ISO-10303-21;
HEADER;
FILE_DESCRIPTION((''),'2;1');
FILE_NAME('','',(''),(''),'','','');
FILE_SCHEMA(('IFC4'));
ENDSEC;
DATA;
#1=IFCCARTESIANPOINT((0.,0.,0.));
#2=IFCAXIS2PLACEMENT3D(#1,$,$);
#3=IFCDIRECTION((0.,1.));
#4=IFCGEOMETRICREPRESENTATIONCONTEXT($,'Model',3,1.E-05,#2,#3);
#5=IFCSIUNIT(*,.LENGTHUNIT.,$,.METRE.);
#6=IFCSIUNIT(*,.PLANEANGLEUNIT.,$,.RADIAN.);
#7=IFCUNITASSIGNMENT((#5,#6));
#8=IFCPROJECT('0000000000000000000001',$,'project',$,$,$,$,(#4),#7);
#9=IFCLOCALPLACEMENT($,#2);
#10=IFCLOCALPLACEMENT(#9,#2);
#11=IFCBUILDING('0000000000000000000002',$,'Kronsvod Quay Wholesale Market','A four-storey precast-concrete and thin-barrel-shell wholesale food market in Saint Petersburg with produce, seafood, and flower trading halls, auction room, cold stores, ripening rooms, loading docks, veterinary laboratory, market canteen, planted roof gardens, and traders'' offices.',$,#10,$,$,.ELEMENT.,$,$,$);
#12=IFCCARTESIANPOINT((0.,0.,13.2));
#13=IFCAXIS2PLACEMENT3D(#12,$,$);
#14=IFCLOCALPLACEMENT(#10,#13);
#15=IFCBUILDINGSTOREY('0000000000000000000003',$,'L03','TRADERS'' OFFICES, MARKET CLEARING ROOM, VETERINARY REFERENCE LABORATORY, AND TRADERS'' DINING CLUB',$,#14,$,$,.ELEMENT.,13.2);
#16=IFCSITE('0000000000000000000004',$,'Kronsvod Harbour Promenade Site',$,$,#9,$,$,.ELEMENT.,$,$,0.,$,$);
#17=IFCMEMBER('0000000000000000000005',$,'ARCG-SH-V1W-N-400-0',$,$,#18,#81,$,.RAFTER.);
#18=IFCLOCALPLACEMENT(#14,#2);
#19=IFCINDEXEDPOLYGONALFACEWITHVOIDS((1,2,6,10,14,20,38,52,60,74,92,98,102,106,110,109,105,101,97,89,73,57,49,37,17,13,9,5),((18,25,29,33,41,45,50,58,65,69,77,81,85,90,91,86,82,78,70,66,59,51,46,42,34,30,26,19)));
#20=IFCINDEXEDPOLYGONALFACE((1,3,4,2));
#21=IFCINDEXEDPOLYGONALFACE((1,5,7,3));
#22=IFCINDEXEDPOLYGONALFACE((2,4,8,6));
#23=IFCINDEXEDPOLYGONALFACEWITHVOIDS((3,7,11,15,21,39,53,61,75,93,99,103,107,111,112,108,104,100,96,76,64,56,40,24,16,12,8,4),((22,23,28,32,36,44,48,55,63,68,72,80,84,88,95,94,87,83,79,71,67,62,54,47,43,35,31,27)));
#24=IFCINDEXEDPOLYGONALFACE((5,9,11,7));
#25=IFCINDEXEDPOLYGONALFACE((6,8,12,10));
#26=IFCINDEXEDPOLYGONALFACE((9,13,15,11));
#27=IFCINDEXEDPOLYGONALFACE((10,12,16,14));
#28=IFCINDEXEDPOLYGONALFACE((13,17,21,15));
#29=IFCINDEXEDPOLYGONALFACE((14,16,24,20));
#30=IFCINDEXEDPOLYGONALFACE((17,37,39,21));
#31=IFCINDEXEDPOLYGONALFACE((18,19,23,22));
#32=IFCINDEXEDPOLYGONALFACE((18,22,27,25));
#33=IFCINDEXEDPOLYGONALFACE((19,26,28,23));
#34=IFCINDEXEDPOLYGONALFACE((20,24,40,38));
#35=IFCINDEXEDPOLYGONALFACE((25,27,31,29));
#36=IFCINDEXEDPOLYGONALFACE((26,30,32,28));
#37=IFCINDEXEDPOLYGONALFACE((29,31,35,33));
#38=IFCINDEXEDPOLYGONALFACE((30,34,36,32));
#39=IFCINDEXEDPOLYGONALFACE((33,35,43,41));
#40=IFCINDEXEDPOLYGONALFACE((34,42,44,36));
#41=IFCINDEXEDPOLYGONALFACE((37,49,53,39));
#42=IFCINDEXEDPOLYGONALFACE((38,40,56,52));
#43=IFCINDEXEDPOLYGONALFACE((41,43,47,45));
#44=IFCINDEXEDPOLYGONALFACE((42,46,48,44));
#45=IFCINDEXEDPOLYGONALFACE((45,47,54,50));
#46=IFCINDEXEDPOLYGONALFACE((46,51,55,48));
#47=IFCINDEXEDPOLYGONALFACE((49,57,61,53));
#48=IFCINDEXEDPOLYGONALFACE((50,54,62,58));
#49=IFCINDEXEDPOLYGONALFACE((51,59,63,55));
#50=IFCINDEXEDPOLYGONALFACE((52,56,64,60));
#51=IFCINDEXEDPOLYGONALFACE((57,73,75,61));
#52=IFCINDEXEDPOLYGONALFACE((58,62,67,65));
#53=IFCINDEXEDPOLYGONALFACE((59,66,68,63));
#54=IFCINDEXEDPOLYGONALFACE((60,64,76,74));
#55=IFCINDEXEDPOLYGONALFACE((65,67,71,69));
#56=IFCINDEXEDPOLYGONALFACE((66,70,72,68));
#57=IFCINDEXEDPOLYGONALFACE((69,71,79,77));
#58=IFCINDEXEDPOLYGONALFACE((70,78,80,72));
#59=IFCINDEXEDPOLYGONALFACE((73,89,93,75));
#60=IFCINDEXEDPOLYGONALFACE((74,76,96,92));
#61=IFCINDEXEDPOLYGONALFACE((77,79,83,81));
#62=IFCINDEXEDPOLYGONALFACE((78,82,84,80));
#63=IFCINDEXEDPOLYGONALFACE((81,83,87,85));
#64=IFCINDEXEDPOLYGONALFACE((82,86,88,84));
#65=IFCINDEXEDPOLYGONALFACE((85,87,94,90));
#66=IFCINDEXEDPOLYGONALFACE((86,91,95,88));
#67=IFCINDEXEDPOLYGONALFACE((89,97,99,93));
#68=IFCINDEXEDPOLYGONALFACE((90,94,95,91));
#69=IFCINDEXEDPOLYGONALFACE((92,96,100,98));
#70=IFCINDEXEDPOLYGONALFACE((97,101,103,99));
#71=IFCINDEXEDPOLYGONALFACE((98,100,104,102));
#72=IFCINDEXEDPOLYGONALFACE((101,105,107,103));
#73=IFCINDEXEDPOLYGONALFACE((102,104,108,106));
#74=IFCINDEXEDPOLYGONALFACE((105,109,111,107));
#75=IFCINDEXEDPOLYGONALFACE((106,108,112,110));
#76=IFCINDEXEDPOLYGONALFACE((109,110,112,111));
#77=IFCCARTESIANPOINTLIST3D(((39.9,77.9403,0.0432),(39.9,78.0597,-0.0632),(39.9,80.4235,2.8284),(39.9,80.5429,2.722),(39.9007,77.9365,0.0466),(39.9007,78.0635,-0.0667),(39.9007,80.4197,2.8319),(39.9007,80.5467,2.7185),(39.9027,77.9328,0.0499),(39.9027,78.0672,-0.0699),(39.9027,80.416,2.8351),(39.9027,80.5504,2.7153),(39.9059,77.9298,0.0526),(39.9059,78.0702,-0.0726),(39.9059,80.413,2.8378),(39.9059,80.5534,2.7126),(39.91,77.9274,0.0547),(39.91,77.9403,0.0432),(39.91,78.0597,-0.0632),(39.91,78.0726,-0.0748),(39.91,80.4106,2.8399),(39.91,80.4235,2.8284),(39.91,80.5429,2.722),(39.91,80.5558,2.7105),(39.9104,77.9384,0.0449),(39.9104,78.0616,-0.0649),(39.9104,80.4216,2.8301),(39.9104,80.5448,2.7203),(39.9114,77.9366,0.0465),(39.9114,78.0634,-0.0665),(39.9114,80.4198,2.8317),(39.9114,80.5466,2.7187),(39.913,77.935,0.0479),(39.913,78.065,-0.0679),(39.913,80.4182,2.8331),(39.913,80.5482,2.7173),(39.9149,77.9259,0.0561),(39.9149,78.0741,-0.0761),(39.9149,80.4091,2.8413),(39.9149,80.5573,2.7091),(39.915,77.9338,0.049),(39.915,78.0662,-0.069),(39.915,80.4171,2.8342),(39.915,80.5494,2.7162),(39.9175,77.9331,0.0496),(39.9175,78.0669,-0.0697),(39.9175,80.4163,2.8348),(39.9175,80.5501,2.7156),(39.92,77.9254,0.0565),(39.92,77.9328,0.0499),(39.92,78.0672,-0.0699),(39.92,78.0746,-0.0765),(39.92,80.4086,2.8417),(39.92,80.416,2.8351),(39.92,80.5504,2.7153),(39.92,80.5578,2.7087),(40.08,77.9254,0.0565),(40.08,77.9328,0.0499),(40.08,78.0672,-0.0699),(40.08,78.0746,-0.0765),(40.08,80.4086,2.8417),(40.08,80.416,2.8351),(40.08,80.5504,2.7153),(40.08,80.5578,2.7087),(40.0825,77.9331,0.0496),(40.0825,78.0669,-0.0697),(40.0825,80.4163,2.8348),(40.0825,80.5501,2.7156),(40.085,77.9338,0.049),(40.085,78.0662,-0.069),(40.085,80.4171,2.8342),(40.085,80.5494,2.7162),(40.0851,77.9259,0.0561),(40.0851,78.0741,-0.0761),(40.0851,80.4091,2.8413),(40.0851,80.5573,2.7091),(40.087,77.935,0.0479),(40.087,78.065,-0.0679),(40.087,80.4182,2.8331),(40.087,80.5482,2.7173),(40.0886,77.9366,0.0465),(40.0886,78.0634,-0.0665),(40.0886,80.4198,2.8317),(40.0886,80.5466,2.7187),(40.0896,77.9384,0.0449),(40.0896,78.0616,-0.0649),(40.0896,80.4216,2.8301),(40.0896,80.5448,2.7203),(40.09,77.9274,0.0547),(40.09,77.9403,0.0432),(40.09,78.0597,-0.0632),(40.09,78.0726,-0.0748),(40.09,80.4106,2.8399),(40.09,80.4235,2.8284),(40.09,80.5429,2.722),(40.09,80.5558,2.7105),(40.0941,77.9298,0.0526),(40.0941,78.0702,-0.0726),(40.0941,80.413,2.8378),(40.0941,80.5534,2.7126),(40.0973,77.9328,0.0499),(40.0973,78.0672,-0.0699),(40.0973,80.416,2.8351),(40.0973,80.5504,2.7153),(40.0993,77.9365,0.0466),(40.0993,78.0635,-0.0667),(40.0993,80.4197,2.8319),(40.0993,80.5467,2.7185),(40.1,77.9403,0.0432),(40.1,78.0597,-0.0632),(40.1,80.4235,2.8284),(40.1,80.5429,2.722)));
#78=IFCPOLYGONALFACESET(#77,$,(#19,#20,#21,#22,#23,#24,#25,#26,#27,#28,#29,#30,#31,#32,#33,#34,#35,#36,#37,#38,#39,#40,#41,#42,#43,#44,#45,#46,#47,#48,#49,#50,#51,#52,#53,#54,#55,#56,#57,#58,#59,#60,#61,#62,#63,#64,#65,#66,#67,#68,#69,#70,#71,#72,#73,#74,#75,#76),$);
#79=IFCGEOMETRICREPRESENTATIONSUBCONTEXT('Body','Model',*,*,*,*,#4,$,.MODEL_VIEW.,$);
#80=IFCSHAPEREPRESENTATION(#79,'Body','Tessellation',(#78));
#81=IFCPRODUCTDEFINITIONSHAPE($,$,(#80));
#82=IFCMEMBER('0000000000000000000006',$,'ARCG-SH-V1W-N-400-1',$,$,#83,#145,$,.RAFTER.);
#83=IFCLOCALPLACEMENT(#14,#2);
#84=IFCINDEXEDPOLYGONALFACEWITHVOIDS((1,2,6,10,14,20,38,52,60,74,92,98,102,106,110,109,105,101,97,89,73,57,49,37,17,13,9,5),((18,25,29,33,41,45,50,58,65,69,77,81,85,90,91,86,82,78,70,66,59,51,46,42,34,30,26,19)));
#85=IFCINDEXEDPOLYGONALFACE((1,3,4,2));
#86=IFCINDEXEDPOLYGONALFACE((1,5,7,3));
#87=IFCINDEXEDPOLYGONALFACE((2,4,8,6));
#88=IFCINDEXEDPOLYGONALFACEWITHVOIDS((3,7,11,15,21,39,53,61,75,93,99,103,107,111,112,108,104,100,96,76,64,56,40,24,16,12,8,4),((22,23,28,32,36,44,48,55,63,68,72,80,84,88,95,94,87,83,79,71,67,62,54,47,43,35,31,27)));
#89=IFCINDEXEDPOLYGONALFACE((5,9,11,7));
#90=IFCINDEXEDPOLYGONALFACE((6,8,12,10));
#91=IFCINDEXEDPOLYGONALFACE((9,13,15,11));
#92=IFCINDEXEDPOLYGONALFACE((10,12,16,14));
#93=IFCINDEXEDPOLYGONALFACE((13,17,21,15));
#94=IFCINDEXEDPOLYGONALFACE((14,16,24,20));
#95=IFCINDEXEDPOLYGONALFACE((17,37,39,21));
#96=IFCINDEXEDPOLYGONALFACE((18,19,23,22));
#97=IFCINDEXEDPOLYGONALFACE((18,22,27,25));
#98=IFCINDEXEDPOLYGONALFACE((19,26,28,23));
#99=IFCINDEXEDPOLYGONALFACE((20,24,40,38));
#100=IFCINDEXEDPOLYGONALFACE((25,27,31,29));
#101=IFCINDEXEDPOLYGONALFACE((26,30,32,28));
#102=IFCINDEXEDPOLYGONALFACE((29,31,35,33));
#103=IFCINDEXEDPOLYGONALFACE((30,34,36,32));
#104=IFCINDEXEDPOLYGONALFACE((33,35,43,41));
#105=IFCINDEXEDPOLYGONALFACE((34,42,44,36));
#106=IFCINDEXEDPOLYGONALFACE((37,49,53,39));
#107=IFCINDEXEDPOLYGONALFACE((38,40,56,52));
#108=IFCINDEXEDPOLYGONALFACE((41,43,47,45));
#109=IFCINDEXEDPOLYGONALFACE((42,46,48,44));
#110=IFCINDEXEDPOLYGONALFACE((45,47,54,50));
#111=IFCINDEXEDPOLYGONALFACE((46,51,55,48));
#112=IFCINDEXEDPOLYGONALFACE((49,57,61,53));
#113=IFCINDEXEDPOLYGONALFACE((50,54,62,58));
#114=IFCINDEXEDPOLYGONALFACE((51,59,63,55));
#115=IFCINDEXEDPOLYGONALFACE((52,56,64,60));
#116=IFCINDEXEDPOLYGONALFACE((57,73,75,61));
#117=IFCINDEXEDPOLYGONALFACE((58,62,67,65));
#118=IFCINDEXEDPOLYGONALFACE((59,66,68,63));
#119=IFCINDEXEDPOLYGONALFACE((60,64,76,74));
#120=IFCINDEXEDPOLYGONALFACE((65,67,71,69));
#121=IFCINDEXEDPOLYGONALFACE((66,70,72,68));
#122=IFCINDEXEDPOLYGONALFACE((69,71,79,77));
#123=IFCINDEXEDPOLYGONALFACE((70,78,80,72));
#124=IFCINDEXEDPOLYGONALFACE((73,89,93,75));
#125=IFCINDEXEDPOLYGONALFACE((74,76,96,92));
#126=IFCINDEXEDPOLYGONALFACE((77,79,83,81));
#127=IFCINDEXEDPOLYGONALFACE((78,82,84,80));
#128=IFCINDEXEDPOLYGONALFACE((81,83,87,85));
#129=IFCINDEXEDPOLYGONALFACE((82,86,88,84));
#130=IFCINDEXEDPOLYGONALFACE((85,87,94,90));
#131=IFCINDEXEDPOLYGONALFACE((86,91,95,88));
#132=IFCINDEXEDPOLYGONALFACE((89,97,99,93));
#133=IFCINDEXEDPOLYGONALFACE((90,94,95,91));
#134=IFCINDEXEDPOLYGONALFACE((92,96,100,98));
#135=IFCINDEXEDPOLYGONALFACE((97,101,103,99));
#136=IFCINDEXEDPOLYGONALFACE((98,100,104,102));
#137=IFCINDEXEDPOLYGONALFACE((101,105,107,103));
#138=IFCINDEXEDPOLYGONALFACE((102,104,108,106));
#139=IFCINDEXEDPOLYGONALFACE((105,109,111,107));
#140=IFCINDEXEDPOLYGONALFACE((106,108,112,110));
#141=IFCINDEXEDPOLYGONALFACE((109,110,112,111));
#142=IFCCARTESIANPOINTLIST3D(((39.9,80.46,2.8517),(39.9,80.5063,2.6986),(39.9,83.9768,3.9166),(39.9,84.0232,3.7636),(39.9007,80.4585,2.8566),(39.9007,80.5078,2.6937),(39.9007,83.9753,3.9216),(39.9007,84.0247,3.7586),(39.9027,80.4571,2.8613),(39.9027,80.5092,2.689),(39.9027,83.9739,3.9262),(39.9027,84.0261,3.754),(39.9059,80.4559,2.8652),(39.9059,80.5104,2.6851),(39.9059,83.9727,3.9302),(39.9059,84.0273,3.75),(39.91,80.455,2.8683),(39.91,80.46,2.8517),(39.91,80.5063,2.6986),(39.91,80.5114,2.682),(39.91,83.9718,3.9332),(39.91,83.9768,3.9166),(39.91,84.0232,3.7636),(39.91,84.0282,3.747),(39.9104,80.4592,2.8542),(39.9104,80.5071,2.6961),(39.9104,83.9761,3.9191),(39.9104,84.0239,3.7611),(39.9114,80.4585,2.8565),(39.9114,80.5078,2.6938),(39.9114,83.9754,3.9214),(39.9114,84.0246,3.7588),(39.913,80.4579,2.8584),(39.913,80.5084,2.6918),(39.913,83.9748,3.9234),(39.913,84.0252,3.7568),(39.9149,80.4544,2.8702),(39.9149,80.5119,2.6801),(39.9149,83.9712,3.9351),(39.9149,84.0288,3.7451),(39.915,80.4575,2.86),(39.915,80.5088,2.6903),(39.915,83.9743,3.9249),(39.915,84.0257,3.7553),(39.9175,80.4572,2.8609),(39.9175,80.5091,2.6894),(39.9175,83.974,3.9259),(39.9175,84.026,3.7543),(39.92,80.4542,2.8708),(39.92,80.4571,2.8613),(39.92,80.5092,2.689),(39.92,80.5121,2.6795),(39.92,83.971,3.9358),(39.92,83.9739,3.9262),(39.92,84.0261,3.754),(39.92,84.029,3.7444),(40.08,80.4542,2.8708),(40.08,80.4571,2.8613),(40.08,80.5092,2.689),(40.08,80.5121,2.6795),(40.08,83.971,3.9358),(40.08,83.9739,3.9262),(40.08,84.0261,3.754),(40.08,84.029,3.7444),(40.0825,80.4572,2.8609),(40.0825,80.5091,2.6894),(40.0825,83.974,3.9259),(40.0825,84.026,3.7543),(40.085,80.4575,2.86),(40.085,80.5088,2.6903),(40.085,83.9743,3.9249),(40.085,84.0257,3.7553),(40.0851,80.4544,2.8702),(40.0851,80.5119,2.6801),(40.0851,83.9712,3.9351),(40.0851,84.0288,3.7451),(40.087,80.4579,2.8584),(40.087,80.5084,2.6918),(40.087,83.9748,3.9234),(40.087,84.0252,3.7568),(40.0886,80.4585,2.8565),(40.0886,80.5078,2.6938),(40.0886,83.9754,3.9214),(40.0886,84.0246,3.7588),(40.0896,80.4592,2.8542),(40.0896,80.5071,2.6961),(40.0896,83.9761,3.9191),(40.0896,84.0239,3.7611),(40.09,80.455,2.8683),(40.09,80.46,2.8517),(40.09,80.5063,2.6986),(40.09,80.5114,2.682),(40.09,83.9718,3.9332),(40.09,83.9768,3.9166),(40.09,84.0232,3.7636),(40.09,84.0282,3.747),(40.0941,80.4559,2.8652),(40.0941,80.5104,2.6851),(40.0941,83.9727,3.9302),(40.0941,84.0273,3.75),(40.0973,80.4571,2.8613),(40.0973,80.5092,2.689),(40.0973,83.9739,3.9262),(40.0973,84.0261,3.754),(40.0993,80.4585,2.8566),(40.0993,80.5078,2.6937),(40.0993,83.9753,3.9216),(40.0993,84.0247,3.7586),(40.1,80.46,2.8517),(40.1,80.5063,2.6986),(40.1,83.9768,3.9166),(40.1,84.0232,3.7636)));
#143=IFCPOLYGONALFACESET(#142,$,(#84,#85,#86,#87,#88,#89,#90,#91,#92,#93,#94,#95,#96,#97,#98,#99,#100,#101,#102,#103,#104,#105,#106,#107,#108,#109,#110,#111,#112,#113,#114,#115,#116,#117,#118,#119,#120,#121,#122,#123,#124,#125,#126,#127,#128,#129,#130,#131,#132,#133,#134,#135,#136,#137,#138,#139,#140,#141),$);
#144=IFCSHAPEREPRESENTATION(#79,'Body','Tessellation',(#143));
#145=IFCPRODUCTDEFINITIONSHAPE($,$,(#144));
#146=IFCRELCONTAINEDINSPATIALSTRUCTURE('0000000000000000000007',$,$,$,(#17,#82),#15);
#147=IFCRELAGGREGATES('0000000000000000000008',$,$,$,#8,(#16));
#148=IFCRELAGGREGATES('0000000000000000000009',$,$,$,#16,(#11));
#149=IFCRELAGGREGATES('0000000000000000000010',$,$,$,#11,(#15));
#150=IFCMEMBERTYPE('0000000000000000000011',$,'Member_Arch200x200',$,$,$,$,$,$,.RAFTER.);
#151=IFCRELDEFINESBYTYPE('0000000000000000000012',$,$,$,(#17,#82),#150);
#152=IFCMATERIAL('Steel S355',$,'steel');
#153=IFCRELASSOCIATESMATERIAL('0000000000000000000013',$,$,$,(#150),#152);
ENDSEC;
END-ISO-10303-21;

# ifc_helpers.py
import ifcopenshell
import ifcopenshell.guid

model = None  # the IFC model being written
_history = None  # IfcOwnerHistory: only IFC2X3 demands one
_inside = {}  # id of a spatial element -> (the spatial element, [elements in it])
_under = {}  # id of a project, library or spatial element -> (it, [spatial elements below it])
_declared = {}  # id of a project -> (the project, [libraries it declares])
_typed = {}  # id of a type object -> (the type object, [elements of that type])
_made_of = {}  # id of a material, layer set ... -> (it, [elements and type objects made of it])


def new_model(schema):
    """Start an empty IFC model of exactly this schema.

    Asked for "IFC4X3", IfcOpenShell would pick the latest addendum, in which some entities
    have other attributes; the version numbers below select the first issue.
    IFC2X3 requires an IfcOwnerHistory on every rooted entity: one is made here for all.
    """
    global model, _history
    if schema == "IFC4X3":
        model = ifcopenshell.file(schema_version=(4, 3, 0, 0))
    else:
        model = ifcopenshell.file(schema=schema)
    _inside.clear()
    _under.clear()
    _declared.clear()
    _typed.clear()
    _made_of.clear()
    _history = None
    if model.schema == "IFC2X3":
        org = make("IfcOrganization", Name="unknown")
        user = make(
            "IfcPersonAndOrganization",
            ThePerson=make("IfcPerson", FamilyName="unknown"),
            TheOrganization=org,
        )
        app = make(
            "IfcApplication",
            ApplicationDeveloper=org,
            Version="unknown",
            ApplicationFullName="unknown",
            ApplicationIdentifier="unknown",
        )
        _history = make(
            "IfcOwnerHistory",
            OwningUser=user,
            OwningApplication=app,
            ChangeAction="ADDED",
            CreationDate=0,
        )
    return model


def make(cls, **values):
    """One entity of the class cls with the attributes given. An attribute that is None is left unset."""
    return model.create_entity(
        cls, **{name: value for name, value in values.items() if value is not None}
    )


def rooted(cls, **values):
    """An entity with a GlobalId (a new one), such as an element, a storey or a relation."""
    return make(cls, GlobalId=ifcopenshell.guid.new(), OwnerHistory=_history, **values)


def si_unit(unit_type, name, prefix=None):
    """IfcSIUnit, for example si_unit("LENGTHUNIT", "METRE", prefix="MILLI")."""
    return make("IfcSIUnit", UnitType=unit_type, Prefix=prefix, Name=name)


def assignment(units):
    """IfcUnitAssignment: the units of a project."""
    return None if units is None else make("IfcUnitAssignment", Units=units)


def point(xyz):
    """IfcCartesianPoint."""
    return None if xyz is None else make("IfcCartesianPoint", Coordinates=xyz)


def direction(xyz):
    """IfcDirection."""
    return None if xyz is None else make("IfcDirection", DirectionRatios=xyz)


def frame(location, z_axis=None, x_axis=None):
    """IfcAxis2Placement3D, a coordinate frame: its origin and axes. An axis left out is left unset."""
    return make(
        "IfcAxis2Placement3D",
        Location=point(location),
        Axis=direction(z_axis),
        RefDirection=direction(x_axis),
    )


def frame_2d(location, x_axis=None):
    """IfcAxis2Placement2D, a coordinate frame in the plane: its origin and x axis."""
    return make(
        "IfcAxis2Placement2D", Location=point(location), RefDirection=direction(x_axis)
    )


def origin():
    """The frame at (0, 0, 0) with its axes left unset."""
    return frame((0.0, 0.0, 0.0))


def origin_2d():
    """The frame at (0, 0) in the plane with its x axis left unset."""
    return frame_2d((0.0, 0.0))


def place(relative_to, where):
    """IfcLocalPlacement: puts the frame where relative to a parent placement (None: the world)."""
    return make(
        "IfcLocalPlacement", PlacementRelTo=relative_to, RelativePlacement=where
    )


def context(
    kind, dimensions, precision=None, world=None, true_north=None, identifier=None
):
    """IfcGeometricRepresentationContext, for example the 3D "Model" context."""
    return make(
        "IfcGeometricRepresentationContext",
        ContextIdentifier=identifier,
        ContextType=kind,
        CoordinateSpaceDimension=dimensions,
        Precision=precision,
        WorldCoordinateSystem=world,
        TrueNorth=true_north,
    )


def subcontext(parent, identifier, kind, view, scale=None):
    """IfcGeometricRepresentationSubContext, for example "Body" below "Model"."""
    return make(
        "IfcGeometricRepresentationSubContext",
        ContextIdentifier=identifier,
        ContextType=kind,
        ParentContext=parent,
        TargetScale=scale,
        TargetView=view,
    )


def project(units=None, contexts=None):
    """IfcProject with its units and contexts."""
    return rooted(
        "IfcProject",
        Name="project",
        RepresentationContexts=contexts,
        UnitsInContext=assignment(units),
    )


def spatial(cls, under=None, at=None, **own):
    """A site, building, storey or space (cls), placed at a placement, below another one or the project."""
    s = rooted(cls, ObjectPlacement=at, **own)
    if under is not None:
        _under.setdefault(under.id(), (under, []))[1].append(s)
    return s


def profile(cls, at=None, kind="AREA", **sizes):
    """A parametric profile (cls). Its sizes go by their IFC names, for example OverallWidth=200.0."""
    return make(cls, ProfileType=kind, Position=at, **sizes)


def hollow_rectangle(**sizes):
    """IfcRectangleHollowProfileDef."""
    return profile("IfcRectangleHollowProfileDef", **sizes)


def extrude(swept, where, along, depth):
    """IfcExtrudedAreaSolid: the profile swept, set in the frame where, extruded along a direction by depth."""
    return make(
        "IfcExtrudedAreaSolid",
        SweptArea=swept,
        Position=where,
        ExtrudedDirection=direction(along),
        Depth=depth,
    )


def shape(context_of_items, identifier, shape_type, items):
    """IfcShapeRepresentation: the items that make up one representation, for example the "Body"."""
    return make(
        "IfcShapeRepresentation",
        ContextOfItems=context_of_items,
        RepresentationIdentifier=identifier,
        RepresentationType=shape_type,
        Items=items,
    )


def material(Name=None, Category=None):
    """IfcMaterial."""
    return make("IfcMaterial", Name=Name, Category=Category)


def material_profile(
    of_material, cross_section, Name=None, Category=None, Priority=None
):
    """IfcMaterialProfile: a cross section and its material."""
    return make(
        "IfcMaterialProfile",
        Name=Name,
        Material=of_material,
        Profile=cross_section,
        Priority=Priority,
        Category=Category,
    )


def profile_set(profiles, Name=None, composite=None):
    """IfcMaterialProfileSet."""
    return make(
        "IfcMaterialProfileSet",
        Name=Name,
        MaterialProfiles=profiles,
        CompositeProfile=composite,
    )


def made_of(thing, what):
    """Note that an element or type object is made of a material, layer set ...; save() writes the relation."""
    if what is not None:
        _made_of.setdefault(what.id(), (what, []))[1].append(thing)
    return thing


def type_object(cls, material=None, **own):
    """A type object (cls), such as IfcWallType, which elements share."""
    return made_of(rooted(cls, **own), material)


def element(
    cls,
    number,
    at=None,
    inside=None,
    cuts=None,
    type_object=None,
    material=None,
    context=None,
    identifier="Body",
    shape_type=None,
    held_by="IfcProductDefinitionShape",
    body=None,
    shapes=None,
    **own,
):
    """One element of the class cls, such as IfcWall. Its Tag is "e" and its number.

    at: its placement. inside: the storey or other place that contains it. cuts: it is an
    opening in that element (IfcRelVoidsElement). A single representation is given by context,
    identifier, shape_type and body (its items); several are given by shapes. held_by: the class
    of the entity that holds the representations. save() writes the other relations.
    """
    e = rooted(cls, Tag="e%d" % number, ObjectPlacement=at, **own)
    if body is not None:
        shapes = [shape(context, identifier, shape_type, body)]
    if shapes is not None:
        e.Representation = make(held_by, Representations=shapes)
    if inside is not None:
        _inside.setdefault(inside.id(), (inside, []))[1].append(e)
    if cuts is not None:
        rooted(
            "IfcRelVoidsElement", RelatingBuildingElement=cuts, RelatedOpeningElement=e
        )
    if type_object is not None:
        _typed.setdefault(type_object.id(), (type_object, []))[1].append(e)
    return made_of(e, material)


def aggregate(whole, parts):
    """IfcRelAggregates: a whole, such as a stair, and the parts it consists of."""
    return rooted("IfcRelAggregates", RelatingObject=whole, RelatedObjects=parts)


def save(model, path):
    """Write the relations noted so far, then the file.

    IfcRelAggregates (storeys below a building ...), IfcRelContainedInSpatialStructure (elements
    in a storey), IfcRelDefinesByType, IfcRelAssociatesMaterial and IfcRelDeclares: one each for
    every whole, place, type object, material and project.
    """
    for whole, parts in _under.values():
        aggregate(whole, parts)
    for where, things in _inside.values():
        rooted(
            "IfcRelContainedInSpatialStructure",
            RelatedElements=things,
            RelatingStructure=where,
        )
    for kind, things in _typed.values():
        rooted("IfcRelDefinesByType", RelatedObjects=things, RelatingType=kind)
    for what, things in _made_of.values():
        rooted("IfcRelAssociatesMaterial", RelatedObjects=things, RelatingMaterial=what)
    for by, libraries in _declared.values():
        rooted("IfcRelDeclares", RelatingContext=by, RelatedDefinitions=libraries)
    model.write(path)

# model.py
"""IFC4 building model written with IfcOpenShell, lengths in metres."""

from ifc_helpers import new_model, si_unit, direction, frame, origin, origin_2d, place, context, subcontext, project, spatial, hollow_rectangle, extrude, material, material_profile, profile_set, type_object, element, save


model = new_model("IFC4")

# Units and contexts
model_context = context("Model", 3, precision=1e-05, world=origin(), true_north=direction((0.0, 1.0)))
body_context = subcontext(model_context, "Body", "Model", "MODEL_VIEW")
ifc_project = project(units=[si_unit("LENGTHUNIT", "METRE"), si_unit("PLANEANGLEUNIT", "RADIAN")], contexts=[model_context])

# Site, building, storey
site_placement = place(None, origin())
site = spatial("IfcSite", under=ifc_project, at=site_placement, Name="Kronsvod Harbour Promenade Site", CompositionType="ELEMENT", RefElevation=0.0)
building_placement = place(site_placement, origin())
building = spatial("IfcBuilding", under=site, at=building_placement, Name="Kronsvod Quay Wholesale Market", Description="A four-storey precast-concrete and thin-barrel-shell wholesale food market in Saint Petersburg with produce, seafood, and flower trading halls, auction room, cold stores, ripening rooms, loading docks, veterinary laboratory, market canteen, planted roof gardens, and traders' offices.", CompositionType="ELEMENT")
storey_placement = place(building_placement, frame((0.0, 0.0, 13.2)))
storey = spatial("IfcBuildingStorey", under=building, at=storey_placement, Name="L03", Description="TRADERS' OFFICES, MARKET CLEARING ROOM, VETERINARY REFERENCE LABORATORY, AND TRADERS' DINING CLUB", CompositionType="ELEMENT", Elevation=13.2)

# Members
ifc_material_1 = material(Name="Steel S355", Category="steel")
ifc_material_profile_1 = material_profile(ifc_material_1, hollow_rectangle(XDim=0.2, YDim=0.2, WallThickness=0.01, InnerFilletRadius=0.01, OuterFilletRadius=0.02, at=origin_2d()), Name="RHS200x200x10")
ifc_profile_set_1 = profile_set([ifc_material_profile_1], Name="Steel S355")
member_type_1 = type_object("IfcMemberType", Name="Member_Arch200x200", PredefinedType="RAFTER", material=ifc_profile_set_1)
member_1_placement = place(storey_placement, frame((40.0, 78.0, -0.01), z_axis=(0.0, 0.66548, 0.746416), x_axis=(-1.0, 0.0, 0.0)))
element("IfcMember", 1, at=member_1_placement, inside=storey, type_object=member_type_1, Name="ARCG-SH-V1W-N-400-0", PredefinedType="RAFTER", context=body_context, shape_type="SweptSolid", body=[
    extrude(hollow_rectangle(XDim=0.2, YDim=0.2, WallThickness=0.01, InnerFilletRadius=0.01, OuterFilletRadius=0.02, at=origin_2d()), origin(), (0.0, 0.0, 1.0), 3.7314),
])
for number, where, z_axis, x_axis, name in (
    (2, (40.0, 80.4832, 2.7751), (0.0, 0.957083, 0.289816), (-1.0, 0.0, 0.0), "ARCG-SH-V1W-N-400-1"),
):
    element("IfcMember", number, at=place(storey_placement, frame(where, z_axis=z_axis, x_axis=x_axis)), inside=storey, type_object=member_type_1, Name=name, PredefinedType="RAFTER", context=body_context, shape_type="SweptSolid", body=[
        extrude(hollow_rectangle(XDim=0.2, YDim=0.2, WallThickness=0.01, InnerFilletRadius=0.01, OuterFilletRadius=0.02, at=origin_2d()), origin(), (0.0, 0.0, 1.0), 3.6746),
    ])

save(model, "model.ifc")
